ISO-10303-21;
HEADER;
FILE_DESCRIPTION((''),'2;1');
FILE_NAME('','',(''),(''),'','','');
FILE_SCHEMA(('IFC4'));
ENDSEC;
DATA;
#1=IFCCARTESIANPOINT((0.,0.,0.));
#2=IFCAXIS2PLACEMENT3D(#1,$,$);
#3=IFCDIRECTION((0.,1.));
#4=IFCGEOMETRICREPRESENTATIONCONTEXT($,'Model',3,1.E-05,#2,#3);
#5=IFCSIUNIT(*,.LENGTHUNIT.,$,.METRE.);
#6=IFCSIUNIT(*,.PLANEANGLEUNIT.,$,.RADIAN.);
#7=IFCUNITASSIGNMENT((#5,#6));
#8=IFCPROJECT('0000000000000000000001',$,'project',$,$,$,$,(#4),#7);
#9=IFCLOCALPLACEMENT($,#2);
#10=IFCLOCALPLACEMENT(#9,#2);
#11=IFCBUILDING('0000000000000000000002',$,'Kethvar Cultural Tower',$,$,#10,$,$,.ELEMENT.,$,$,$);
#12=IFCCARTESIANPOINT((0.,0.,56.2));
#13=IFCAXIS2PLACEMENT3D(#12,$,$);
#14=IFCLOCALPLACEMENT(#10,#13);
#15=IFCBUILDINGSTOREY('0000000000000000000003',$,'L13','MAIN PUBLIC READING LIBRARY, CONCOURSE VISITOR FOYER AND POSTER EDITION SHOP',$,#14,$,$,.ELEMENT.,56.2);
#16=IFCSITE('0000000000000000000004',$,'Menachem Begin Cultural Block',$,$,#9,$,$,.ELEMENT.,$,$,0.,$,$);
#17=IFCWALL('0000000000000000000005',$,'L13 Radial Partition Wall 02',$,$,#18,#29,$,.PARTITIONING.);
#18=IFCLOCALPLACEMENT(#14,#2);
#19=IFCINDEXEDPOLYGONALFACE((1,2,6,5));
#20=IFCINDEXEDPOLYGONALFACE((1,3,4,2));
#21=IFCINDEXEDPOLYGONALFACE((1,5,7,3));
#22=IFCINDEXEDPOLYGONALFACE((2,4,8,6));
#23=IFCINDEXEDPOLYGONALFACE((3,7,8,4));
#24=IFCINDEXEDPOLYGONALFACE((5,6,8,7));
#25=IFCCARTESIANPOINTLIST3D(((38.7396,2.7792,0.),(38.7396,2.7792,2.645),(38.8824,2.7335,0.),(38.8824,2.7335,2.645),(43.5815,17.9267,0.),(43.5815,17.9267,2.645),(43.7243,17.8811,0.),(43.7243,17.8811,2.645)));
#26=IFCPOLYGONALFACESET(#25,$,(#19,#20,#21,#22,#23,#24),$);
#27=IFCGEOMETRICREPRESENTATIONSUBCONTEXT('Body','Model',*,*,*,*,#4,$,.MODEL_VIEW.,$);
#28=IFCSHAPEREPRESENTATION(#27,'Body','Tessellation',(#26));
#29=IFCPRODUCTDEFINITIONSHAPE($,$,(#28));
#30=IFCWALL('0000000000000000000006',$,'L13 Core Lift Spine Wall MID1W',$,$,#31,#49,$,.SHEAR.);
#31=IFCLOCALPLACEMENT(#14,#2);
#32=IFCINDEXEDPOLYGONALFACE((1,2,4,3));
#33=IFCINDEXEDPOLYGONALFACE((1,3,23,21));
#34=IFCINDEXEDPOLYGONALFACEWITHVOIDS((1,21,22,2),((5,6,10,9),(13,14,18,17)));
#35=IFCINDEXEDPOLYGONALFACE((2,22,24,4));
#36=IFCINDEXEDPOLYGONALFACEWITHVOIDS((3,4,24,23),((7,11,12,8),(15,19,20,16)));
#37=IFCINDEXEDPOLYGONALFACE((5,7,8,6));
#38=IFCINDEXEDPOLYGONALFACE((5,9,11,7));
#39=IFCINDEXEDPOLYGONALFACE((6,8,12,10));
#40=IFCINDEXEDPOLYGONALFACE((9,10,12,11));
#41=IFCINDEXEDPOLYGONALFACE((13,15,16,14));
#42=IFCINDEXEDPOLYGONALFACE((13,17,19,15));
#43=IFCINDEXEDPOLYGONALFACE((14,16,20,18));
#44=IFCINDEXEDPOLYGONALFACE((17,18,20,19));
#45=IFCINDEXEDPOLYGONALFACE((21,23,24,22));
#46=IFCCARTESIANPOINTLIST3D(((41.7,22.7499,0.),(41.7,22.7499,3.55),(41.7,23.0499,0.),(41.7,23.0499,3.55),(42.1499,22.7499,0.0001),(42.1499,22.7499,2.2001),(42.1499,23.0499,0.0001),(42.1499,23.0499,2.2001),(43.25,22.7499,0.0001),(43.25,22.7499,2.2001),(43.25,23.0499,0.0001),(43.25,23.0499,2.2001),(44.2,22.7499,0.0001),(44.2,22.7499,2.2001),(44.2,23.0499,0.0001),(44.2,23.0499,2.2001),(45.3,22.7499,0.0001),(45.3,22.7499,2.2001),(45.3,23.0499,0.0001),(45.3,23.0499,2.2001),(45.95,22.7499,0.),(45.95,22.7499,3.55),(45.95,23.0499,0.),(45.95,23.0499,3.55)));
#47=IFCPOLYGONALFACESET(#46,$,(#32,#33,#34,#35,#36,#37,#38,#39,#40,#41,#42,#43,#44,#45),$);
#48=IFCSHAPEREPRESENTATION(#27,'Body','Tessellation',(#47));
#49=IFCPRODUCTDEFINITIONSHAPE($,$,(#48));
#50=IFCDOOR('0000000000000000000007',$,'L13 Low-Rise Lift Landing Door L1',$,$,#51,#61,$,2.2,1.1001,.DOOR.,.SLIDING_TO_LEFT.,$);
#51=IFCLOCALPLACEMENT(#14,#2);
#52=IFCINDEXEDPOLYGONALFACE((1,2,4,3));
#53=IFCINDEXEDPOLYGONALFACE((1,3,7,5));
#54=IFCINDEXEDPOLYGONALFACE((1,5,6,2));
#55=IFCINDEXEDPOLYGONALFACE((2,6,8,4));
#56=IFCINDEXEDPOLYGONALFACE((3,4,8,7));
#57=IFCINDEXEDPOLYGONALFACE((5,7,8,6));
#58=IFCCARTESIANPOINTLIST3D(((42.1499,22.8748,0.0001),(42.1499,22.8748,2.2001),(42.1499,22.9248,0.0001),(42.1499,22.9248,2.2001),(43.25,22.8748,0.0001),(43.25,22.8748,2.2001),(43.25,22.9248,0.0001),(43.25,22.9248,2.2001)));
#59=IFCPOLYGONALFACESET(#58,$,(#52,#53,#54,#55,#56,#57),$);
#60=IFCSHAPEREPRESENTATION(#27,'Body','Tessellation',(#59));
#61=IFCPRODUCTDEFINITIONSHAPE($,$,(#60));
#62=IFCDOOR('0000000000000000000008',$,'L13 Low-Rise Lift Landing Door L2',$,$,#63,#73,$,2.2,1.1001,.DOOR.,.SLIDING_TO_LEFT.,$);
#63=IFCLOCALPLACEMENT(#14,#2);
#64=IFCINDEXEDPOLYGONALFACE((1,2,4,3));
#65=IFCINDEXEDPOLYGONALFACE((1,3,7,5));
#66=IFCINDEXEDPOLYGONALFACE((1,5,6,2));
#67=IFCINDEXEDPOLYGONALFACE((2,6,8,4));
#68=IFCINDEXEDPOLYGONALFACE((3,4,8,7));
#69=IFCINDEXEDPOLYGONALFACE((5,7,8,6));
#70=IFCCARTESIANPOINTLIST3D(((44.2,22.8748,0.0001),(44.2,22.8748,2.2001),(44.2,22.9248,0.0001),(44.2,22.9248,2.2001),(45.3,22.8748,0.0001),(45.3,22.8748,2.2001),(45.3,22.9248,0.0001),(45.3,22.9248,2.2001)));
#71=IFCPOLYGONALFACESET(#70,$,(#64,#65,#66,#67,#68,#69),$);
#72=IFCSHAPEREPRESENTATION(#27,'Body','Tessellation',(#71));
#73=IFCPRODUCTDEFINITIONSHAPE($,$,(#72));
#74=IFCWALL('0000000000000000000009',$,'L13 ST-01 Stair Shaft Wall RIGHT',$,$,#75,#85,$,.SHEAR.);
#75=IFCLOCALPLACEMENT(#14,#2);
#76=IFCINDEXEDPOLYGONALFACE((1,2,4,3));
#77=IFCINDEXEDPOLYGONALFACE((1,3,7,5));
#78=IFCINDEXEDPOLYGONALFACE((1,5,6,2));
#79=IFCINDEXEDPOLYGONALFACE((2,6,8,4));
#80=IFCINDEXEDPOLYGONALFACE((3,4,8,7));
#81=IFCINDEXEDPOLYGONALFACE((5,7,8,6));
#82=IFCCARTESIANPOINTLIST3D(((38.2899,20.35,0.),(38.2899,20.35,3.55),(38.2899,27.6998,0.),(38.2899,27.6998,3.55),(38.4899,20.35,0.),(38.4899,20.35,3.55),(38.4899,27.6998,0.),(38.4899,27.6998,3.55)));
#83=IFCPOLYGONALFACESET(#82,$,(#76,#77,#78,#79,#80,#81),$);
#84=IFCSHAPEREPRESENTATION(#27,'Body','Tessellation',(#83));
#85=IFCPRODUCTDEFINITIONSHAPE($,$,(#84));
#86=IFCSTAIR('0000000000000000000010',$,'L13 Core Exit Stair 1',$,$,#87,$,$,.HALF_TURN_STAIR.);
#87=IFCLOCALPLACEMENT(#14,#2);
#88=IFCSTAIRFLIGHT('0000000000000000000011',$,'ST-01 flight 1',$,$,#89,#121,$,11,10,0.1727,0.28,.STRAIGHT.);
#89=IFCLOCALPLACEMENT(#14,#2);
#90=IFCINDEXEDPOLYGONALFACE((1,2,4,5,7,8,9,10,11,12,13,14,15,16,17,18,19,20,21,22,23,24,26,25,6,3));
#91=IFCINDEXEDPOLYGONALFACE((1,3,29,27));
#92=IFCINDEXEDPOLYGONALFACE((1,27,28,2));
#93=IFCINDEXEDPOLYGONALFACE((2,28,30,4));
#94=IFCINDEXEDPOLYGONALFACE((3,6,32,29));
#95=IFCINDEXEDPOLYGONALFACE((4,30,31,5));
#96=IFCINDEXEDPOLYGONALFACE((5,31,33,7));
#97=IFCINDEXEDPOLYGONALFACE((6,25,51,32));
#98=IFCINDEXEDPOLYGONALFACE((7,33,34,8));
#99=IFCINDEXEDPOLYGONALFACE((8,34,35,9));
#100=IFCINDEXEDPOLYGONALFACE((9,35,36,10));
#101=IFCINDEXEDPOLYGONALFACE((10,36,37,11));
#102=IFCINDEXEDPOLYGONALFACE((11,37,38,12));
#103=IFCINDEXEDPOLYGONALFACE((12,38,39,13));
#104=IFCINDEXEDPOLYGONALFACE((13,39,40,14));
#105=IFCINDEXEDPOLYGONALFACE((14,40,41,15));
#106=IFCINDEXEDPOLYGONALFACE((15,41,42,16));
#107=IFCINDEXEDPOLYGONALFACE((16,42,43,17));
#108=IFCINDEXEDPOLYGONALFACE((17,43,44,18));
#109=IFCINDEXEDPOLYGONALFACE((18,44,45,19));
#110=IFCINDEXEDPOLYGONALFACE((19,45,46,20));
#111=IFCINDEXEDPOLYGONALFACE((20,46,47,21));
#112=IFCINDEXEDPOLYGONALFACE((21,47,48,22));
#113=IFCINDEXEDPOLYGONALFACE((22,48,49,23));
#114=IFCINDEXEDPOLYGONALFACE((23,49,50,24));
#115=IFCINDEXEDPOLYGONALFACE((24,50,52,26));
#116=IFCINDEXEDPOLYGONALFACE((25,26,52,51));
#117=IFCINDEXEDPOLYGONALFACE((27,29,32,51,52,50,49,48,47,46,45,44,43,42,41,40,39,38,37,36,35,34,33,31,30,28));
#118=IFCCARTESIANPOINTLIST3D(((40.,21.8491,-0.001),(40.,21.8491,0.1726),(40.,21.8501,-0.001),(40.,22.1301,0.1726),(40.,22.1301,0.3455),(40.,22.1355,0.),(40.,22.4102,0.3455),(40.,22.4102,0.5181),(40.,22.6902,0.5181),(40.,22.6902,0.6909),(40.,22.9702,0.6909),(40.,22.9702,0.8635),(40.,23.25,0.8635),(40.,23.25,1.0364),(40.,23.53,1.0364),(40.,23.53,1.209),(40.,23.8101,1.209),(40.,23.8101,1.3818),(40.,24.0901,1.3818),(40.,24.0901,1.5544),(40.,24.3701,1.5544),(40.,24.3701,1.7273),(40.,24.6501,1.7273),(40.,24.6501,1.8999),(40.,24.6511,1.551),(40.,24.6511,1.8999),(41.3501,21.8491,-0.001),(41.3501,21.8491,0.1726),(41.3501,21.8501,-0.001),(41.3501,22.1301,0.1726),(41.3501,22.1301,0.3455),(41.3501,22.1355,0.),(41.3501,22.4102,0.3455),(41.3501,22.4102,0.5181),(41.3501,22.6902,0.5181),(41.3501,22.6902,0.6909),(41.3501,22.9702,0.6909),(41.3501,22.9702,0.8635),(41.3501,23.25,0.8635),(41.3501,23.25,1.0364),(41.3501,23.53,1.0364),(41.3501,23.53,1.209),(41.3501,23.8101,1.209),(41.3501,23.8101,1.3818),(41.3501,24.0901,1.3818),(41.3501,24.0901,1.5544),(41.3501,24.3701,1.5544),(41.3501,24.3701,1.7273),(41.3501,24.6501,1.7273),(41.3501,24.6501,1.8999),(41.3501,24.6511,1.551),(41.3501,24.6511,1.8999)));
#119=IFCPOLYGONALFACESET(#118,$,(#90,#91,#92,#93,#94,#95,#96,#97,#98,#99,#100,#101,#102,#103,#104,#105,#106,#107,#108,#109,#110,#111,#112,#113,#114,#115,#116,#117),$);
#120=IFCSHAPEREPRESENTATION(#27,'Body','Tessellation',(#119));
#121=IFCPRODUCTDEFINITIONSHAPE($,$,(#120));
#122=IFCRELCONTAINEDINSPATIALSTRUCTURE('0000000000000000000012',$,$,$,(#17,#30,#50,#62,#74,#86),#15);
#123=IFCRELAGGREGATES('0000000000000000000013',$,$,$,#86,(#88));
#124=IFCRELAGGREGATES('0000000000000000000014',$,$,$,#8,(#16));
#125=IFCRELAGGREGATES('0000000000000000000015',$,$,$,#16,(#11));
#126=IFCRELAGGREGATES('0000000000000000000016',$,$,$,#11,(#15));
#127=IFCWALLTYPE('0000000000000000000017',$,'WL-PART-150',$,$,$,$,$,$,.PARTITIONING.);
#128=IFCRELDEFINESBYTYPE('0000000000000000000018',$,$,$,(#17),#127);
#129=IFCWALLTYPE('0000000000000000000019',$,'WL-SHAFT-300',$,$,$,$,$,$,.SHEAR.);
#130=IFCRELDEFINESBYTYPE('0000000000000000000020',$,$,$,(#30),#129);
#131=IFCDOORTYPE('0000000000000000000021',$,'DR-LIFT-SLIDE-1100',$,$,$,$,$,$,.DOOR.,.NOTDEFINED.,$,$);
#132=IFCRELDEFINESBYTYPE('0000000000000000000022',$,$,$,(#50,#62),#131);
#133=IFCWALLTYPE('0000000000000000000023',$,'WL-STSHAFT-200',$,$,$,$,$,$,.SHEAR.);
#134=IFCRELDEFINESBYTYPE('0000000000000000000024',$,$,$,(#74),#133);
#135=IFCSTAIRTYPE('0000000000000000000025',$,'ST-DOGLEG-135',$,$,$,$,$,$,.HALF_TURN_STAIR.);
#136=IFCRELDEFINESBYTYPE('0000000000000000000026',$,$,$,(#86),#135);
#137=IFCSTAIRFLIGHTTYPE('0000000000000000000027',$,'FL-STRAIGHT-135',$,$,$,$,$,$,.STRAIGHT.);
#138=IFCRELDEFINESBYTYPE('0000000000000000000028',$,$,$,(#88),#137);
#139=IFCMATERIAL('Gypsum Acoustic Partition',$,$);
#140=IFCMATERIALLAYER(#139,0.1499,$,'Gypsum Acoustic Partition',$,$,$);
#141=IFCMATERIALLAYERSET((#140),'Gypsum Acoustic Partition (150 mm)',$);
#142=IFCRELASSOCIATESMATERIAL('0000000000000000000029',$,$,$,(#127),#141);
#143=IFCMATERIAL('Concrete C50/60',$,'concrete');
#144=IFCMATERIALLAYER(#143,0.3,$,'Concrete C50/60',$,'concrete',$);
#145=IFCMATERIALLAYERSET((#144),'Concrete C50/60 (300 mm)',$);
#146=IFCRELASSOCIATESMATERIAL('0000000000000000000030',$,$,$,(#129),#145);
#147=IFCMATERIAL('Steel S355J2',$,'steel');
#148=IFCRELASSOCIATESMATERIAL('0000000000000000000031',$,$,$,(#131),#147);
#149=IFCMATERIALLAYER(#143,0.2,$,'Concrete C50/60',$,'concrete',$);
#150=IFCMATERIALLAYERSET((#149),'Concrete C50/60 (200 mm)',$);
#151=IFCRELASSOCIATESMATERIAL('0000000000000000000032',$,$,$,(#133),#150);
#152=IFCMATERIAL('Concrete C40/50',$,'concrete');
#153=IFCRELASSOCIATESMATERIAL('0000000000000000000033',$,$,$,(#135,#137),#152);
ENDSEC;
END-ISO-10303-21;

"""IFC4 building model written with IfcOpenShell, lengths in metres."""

from ifc_helpers import new_model, si_unit, direction, frame, frame_2d, origin, place, context, subcontext, project, spatial, polyline, rectangle, outline, extrude, source, transform, mapped, material, layer, layer_set, type_object, element, fill, aggregate, save


model = new_model("IFC4")

# Units and contexts
model_context = context("Model", 3, precision=1e-05, world=origin(), true_north=direction((0.0, 1.0)))
body_context = subcontext(model_context, "Body", "Model", "MODEL_VIEW")
ifc_project = project(units=[si_unit("LENGTHUNIT", "METRE"), si_unit("PLANEANGLEUNIT", "RADIAN")], contexts=[model_context])

# Site, building, storey
site_placement = place(None, origin())
site = spatial("IfcSite", under=ifc_project, at=site_placement, Name="Menachem Begin Cultural Block", CompositionType="ELEMENT", RefElevation=0.0)
building_placement = place(site_placement, origin())
building = spatial("IfcBuilding", under=site, at=building_placement, Name="Kethvar Cultural Tower", CompositionType="ELEMENT")
storey_placement = place(building_placement, frame((0.0, 0.0, 56.2)))
storey = spatial("IfcBuildingStorey", under=building, at=storey_placement, Name="L13", Description="MAIN PUBLIC READING LIBRARY, CONCOURSE VISITOR FOYER AND POSTER EDITION SHOP", CompositionType="ELEMENT", Elevation=56.2)

# Shared definitions
ifc_material_1 = material(Name="Steel S355J2", Category="steel")

# Wall
ifc_material_2 = material(Name="Gypsum Acoustic Partition")
ifc_layer_1 = layer(ifc_material_2, 0.1499, Name="Gypsum Acoustic Partition")
ifc_layer_set_1 = layer_set([ifc_layer_1], Name="Gypsum Acoustic Partition (150 mm)")
wall_type_1 = type_object("IfcWallType", Name="WL-PART-150", PredefinedType="PARTITIONING", material=ifc_layer_set_1)
wall_1_placement = place(storey_placement, frame((43.6528, 17.9038, 0.0), z_axis=(0.0, 0.0, 1.0), x_axis=(-0.304468, -0.952522, 0.0)))
element("IfcWall", 1, at=wall_1_placement, inside=storey, type_object=wall_type_1, Name="L13 Radial Partition Wall 02", PredefinedType="PARTITIONING", context=body_context, shape_type="SweptSolid", body=[
    extrude(rectangle(XDim=15.9026, YDim=0.1499, at=frame_2d((7.9512, 0.0))), origin(), (0.0, 0.0, 1.0), 2.645),
])

# Wall, openings, doors
ifc_material_3 = material(Name="Concrete C50/60", Category="concrete")
ifc_layer_2 = layer(ifc_material_3, 0.3, Name="Concrete C50/60", Category="concrete")
ifc_layer_set_2 = layer_set([ifc_layer_2], Name="Concrete C50/60 (300 mm)")
wall_type_2 = type_object("IfcWallType", Name="WL-SHAFT-300", PredefinedType="SHEAR", material=ifc_layer_set_2)
wall_2_placement = place(storey_placement, frame((41.7, 22.8999, 0.0), z_axis=(0.0, 0.0, 1.0), x_axis=(1.0, 0.0, 0.0)))
wall_2 = element("IfcWall", 2, at=wall_2_placement, inside=storey, type_object=wall_type_2, Name="L13 Core Lift Spine Wall MID1W", PredefinedType="SHEAR", context=body_context, shape_type="SweptSolid", body=[
    extrude(rectangle(XDim=4.25, YDim=0.3, at=frame_2d((2.125, 0.0))), origin(), (0.0, 0.0, 1.0), 3.55),
])
opening_1_placement = place(wall_2_placement, frame((0.45, 0.0, 0.0)))
opening_1 = element("IfcOpeningElement", 3, at=opening_1_placement, cuts=wall_2, PredefinedType="OPENING", context=body_context, shape_type="SweptSolid", body=[
    extrude(rectangle(XDim=1.1001, YDim=2.2, at=frame_2d((0.55, 1.1001))), frame((0.0, 0.1599, 0.0), z_axis=(0.0, -1.0, 0.0), x_axis=(1.0, 0.0, 0.0)), (0.0, 0.0, 1.0), 0.3201),
])
opening_2_placement = place(wall_2_placement, frame((2.5, 0.0, 0.0)))
opening_2 = element("IfcOpeningElement", 4, at=opening_2_placement, cuts=wall_2, PredefinedType="OPENING", context=body_context, shape_type="SweptSolid", body=[
    extrude(rectangle(XDim=1.1001, YDim=2.2, at=frame_2d((0.55, 1.1001))), frame((0.0, 0.1599, 0.0), z_axis=(0.0, -1.0, 0.0), x_axis=(1.0, 0.0, 0.0)), (0.0, 0.0, 1.0), 0.3201),
])
door_type_1 = type_object("IfcDoorType", Name="DR-LIFT-SLIDE-1100", OperationType="NOTDEFINED", PredefinedType="DOOR", material=ifc_material_1)
shared_shape_1 = source(origin(), body_context, "Body", "SweptSolid", [
    extrude(rectangle(XDim=1.1001, YDim=2.2, at=frame_2d((0.55, 1.1001))), frame((0.0, 0.0249, 0.0), z_axis=(0.0, -1.0, 0.0), x_axis=(1.0, 0.0, 0.0)), (0.0, 0.0, 1.0), 0.05),
])
door_1_placement = place(opening_1_placement, origin())
door_1 = element("IfcDoor", 5, at=door_1_placement, inside=storey, type_object=door_type_1, Name="L13 Low-Rise Lift Landing Door L1", OperationType="SLIDING_TO_LEFT", OverallHeight=2.2, OverallWidth=1.1001, PredefinedType="DOOR", context=body_context, shape_type="MappedRepresentation", body=[
    mapped(shared_shape_1, transform((0.0, 0.0, 0.0), scale=1.0)),
])
fill(opening_1, door_1)
door_2_placement = place(opening_2_placement, origin())
door_2 = element("IfcDoor", 6, at=door_2_placement, inside=storey, type_object=door_type_1, Name="L13 Low-Rise Lift Landing Door L2", OperationType="SLIDING_TO_LEFT", OverallHeight=2.2, OverallWidth=1.1001, PredefinedType="DOOR", context=body_context, shape_type="MappedRepresentation", body=[
    mapped(shared_shape_1, transform((0.0, 0.0, 0.0), scale=1.0)),
])
fill(opening_2, door_2)

# Wall
ifc_layer_3 = layer(ifc_material_3, 0.2, Name="Concrete C50/60", Category="concrete")
ifc_layer_set_3 = layer_set([ifc_layer_3], Name="Concrete C50/60 (200 mm)")
wall_type_3 = type_object("IfcWallType", Name="WL-STSHAFT-200", PredefinedType="SHEAR", material=ifc_layer_set_3)
wall_3_placement = place(storey_placement, frame((38.3899, 20.3501, 0.0), z_axis=(0.0, 0.0, 1.0), x_axis=(0.0, 1.0, 0.0)))
element("IfcWall", 7, at=wall_3_placement, inside=storey, type_object=wall_type_3, Name="L13 ST-01 Stair Shaft Wall RIGHT", PredefinedType="SHEAR", context=body_context, shape_type="SweptSolid", body=[
    extrude(rectangle(XDim=7.3499, YDim=0.2, at=frame_2d((3.6748, 0.0))), origin(), (0.0, 0.0, 1.0), 3.55),
])

# Stair, stair flight
ifc_material_4 = material(Name="Concrete C40/50", Category="concrete")
stair_type = type_object("IfcStairType", Name="ST-DOGLEG-135", PredefinedType="HALF_TURN_STAIR", material=ifc_material_4)
stair_placement = place(storey_placement, origin())
stair = element("IfcStair", 8, at=stair_placement, inside=storey, type_object=stair_type, Name="L13 Core Exit Stair 1", PredefinedType="HALF_TURN_STAIR")
stair_flight_type = type_object("IfcStairFlightType", Name="FL-STRAIGHT-135", PredefinedType="STRAIGHT", material=ifc_material_4)
stair_flight_placement = place(storey_placement, frame((40.675, 21.8501, 0.0), z_axis=(0.0, 0.0, 1.0), x_axis=(0.0, 1.0, 0.0)))
stair_flight = element("IfcStairFlight", 9, at=stair_flight_placement, type_object=stair_flight_type, Name="ST-01 flight 1", NumberOfRisers=11, NumberOfTreads=10, PredefinedType="STRAIGHT", RiserHeight=0.1727, TreadLength=0.28, context=body_context, shape_type="SweptSolid", body=[
    extrude(outline(polyline([(-0.001, -0.001), (-0.001, 0.1726), (0.28, 0.1726), (0.28, 0.3455), (0.5601, 0.3455), (0.5601, 0.5181), (0.8401, 0.5181), (0.8401, 0.6909), (1.1201, 0.6909), (1.1201, 0.8635), (1.3999, 0.8635), (1.3999, 1.0364), (1.6799, 1.0364), (1.6799, 1.209), (1.96, 1.209), (1.96, 1.3818), (2.24, 1.3818), (2.24, 1.5544), (2.52, 1.5544), (2.52, 1.7273), (2.8, 1.7273), (2.8, 1.8999), (2.801, 1.8999), (2.801, 1.551), (0.2854, 0.0), (0.0, -0.001), (-0.001, -0.001)])), frame((0.0, 0.675, 0.0), z_axis=(0.0, -1.0, 0.0), x_axis=(1.0, 0.0, 0.0)), (0.0, 0.0, 1.0), 1.3501),
])
aggregate(stair, [stair_flight])

save(model, "model.ifc")
